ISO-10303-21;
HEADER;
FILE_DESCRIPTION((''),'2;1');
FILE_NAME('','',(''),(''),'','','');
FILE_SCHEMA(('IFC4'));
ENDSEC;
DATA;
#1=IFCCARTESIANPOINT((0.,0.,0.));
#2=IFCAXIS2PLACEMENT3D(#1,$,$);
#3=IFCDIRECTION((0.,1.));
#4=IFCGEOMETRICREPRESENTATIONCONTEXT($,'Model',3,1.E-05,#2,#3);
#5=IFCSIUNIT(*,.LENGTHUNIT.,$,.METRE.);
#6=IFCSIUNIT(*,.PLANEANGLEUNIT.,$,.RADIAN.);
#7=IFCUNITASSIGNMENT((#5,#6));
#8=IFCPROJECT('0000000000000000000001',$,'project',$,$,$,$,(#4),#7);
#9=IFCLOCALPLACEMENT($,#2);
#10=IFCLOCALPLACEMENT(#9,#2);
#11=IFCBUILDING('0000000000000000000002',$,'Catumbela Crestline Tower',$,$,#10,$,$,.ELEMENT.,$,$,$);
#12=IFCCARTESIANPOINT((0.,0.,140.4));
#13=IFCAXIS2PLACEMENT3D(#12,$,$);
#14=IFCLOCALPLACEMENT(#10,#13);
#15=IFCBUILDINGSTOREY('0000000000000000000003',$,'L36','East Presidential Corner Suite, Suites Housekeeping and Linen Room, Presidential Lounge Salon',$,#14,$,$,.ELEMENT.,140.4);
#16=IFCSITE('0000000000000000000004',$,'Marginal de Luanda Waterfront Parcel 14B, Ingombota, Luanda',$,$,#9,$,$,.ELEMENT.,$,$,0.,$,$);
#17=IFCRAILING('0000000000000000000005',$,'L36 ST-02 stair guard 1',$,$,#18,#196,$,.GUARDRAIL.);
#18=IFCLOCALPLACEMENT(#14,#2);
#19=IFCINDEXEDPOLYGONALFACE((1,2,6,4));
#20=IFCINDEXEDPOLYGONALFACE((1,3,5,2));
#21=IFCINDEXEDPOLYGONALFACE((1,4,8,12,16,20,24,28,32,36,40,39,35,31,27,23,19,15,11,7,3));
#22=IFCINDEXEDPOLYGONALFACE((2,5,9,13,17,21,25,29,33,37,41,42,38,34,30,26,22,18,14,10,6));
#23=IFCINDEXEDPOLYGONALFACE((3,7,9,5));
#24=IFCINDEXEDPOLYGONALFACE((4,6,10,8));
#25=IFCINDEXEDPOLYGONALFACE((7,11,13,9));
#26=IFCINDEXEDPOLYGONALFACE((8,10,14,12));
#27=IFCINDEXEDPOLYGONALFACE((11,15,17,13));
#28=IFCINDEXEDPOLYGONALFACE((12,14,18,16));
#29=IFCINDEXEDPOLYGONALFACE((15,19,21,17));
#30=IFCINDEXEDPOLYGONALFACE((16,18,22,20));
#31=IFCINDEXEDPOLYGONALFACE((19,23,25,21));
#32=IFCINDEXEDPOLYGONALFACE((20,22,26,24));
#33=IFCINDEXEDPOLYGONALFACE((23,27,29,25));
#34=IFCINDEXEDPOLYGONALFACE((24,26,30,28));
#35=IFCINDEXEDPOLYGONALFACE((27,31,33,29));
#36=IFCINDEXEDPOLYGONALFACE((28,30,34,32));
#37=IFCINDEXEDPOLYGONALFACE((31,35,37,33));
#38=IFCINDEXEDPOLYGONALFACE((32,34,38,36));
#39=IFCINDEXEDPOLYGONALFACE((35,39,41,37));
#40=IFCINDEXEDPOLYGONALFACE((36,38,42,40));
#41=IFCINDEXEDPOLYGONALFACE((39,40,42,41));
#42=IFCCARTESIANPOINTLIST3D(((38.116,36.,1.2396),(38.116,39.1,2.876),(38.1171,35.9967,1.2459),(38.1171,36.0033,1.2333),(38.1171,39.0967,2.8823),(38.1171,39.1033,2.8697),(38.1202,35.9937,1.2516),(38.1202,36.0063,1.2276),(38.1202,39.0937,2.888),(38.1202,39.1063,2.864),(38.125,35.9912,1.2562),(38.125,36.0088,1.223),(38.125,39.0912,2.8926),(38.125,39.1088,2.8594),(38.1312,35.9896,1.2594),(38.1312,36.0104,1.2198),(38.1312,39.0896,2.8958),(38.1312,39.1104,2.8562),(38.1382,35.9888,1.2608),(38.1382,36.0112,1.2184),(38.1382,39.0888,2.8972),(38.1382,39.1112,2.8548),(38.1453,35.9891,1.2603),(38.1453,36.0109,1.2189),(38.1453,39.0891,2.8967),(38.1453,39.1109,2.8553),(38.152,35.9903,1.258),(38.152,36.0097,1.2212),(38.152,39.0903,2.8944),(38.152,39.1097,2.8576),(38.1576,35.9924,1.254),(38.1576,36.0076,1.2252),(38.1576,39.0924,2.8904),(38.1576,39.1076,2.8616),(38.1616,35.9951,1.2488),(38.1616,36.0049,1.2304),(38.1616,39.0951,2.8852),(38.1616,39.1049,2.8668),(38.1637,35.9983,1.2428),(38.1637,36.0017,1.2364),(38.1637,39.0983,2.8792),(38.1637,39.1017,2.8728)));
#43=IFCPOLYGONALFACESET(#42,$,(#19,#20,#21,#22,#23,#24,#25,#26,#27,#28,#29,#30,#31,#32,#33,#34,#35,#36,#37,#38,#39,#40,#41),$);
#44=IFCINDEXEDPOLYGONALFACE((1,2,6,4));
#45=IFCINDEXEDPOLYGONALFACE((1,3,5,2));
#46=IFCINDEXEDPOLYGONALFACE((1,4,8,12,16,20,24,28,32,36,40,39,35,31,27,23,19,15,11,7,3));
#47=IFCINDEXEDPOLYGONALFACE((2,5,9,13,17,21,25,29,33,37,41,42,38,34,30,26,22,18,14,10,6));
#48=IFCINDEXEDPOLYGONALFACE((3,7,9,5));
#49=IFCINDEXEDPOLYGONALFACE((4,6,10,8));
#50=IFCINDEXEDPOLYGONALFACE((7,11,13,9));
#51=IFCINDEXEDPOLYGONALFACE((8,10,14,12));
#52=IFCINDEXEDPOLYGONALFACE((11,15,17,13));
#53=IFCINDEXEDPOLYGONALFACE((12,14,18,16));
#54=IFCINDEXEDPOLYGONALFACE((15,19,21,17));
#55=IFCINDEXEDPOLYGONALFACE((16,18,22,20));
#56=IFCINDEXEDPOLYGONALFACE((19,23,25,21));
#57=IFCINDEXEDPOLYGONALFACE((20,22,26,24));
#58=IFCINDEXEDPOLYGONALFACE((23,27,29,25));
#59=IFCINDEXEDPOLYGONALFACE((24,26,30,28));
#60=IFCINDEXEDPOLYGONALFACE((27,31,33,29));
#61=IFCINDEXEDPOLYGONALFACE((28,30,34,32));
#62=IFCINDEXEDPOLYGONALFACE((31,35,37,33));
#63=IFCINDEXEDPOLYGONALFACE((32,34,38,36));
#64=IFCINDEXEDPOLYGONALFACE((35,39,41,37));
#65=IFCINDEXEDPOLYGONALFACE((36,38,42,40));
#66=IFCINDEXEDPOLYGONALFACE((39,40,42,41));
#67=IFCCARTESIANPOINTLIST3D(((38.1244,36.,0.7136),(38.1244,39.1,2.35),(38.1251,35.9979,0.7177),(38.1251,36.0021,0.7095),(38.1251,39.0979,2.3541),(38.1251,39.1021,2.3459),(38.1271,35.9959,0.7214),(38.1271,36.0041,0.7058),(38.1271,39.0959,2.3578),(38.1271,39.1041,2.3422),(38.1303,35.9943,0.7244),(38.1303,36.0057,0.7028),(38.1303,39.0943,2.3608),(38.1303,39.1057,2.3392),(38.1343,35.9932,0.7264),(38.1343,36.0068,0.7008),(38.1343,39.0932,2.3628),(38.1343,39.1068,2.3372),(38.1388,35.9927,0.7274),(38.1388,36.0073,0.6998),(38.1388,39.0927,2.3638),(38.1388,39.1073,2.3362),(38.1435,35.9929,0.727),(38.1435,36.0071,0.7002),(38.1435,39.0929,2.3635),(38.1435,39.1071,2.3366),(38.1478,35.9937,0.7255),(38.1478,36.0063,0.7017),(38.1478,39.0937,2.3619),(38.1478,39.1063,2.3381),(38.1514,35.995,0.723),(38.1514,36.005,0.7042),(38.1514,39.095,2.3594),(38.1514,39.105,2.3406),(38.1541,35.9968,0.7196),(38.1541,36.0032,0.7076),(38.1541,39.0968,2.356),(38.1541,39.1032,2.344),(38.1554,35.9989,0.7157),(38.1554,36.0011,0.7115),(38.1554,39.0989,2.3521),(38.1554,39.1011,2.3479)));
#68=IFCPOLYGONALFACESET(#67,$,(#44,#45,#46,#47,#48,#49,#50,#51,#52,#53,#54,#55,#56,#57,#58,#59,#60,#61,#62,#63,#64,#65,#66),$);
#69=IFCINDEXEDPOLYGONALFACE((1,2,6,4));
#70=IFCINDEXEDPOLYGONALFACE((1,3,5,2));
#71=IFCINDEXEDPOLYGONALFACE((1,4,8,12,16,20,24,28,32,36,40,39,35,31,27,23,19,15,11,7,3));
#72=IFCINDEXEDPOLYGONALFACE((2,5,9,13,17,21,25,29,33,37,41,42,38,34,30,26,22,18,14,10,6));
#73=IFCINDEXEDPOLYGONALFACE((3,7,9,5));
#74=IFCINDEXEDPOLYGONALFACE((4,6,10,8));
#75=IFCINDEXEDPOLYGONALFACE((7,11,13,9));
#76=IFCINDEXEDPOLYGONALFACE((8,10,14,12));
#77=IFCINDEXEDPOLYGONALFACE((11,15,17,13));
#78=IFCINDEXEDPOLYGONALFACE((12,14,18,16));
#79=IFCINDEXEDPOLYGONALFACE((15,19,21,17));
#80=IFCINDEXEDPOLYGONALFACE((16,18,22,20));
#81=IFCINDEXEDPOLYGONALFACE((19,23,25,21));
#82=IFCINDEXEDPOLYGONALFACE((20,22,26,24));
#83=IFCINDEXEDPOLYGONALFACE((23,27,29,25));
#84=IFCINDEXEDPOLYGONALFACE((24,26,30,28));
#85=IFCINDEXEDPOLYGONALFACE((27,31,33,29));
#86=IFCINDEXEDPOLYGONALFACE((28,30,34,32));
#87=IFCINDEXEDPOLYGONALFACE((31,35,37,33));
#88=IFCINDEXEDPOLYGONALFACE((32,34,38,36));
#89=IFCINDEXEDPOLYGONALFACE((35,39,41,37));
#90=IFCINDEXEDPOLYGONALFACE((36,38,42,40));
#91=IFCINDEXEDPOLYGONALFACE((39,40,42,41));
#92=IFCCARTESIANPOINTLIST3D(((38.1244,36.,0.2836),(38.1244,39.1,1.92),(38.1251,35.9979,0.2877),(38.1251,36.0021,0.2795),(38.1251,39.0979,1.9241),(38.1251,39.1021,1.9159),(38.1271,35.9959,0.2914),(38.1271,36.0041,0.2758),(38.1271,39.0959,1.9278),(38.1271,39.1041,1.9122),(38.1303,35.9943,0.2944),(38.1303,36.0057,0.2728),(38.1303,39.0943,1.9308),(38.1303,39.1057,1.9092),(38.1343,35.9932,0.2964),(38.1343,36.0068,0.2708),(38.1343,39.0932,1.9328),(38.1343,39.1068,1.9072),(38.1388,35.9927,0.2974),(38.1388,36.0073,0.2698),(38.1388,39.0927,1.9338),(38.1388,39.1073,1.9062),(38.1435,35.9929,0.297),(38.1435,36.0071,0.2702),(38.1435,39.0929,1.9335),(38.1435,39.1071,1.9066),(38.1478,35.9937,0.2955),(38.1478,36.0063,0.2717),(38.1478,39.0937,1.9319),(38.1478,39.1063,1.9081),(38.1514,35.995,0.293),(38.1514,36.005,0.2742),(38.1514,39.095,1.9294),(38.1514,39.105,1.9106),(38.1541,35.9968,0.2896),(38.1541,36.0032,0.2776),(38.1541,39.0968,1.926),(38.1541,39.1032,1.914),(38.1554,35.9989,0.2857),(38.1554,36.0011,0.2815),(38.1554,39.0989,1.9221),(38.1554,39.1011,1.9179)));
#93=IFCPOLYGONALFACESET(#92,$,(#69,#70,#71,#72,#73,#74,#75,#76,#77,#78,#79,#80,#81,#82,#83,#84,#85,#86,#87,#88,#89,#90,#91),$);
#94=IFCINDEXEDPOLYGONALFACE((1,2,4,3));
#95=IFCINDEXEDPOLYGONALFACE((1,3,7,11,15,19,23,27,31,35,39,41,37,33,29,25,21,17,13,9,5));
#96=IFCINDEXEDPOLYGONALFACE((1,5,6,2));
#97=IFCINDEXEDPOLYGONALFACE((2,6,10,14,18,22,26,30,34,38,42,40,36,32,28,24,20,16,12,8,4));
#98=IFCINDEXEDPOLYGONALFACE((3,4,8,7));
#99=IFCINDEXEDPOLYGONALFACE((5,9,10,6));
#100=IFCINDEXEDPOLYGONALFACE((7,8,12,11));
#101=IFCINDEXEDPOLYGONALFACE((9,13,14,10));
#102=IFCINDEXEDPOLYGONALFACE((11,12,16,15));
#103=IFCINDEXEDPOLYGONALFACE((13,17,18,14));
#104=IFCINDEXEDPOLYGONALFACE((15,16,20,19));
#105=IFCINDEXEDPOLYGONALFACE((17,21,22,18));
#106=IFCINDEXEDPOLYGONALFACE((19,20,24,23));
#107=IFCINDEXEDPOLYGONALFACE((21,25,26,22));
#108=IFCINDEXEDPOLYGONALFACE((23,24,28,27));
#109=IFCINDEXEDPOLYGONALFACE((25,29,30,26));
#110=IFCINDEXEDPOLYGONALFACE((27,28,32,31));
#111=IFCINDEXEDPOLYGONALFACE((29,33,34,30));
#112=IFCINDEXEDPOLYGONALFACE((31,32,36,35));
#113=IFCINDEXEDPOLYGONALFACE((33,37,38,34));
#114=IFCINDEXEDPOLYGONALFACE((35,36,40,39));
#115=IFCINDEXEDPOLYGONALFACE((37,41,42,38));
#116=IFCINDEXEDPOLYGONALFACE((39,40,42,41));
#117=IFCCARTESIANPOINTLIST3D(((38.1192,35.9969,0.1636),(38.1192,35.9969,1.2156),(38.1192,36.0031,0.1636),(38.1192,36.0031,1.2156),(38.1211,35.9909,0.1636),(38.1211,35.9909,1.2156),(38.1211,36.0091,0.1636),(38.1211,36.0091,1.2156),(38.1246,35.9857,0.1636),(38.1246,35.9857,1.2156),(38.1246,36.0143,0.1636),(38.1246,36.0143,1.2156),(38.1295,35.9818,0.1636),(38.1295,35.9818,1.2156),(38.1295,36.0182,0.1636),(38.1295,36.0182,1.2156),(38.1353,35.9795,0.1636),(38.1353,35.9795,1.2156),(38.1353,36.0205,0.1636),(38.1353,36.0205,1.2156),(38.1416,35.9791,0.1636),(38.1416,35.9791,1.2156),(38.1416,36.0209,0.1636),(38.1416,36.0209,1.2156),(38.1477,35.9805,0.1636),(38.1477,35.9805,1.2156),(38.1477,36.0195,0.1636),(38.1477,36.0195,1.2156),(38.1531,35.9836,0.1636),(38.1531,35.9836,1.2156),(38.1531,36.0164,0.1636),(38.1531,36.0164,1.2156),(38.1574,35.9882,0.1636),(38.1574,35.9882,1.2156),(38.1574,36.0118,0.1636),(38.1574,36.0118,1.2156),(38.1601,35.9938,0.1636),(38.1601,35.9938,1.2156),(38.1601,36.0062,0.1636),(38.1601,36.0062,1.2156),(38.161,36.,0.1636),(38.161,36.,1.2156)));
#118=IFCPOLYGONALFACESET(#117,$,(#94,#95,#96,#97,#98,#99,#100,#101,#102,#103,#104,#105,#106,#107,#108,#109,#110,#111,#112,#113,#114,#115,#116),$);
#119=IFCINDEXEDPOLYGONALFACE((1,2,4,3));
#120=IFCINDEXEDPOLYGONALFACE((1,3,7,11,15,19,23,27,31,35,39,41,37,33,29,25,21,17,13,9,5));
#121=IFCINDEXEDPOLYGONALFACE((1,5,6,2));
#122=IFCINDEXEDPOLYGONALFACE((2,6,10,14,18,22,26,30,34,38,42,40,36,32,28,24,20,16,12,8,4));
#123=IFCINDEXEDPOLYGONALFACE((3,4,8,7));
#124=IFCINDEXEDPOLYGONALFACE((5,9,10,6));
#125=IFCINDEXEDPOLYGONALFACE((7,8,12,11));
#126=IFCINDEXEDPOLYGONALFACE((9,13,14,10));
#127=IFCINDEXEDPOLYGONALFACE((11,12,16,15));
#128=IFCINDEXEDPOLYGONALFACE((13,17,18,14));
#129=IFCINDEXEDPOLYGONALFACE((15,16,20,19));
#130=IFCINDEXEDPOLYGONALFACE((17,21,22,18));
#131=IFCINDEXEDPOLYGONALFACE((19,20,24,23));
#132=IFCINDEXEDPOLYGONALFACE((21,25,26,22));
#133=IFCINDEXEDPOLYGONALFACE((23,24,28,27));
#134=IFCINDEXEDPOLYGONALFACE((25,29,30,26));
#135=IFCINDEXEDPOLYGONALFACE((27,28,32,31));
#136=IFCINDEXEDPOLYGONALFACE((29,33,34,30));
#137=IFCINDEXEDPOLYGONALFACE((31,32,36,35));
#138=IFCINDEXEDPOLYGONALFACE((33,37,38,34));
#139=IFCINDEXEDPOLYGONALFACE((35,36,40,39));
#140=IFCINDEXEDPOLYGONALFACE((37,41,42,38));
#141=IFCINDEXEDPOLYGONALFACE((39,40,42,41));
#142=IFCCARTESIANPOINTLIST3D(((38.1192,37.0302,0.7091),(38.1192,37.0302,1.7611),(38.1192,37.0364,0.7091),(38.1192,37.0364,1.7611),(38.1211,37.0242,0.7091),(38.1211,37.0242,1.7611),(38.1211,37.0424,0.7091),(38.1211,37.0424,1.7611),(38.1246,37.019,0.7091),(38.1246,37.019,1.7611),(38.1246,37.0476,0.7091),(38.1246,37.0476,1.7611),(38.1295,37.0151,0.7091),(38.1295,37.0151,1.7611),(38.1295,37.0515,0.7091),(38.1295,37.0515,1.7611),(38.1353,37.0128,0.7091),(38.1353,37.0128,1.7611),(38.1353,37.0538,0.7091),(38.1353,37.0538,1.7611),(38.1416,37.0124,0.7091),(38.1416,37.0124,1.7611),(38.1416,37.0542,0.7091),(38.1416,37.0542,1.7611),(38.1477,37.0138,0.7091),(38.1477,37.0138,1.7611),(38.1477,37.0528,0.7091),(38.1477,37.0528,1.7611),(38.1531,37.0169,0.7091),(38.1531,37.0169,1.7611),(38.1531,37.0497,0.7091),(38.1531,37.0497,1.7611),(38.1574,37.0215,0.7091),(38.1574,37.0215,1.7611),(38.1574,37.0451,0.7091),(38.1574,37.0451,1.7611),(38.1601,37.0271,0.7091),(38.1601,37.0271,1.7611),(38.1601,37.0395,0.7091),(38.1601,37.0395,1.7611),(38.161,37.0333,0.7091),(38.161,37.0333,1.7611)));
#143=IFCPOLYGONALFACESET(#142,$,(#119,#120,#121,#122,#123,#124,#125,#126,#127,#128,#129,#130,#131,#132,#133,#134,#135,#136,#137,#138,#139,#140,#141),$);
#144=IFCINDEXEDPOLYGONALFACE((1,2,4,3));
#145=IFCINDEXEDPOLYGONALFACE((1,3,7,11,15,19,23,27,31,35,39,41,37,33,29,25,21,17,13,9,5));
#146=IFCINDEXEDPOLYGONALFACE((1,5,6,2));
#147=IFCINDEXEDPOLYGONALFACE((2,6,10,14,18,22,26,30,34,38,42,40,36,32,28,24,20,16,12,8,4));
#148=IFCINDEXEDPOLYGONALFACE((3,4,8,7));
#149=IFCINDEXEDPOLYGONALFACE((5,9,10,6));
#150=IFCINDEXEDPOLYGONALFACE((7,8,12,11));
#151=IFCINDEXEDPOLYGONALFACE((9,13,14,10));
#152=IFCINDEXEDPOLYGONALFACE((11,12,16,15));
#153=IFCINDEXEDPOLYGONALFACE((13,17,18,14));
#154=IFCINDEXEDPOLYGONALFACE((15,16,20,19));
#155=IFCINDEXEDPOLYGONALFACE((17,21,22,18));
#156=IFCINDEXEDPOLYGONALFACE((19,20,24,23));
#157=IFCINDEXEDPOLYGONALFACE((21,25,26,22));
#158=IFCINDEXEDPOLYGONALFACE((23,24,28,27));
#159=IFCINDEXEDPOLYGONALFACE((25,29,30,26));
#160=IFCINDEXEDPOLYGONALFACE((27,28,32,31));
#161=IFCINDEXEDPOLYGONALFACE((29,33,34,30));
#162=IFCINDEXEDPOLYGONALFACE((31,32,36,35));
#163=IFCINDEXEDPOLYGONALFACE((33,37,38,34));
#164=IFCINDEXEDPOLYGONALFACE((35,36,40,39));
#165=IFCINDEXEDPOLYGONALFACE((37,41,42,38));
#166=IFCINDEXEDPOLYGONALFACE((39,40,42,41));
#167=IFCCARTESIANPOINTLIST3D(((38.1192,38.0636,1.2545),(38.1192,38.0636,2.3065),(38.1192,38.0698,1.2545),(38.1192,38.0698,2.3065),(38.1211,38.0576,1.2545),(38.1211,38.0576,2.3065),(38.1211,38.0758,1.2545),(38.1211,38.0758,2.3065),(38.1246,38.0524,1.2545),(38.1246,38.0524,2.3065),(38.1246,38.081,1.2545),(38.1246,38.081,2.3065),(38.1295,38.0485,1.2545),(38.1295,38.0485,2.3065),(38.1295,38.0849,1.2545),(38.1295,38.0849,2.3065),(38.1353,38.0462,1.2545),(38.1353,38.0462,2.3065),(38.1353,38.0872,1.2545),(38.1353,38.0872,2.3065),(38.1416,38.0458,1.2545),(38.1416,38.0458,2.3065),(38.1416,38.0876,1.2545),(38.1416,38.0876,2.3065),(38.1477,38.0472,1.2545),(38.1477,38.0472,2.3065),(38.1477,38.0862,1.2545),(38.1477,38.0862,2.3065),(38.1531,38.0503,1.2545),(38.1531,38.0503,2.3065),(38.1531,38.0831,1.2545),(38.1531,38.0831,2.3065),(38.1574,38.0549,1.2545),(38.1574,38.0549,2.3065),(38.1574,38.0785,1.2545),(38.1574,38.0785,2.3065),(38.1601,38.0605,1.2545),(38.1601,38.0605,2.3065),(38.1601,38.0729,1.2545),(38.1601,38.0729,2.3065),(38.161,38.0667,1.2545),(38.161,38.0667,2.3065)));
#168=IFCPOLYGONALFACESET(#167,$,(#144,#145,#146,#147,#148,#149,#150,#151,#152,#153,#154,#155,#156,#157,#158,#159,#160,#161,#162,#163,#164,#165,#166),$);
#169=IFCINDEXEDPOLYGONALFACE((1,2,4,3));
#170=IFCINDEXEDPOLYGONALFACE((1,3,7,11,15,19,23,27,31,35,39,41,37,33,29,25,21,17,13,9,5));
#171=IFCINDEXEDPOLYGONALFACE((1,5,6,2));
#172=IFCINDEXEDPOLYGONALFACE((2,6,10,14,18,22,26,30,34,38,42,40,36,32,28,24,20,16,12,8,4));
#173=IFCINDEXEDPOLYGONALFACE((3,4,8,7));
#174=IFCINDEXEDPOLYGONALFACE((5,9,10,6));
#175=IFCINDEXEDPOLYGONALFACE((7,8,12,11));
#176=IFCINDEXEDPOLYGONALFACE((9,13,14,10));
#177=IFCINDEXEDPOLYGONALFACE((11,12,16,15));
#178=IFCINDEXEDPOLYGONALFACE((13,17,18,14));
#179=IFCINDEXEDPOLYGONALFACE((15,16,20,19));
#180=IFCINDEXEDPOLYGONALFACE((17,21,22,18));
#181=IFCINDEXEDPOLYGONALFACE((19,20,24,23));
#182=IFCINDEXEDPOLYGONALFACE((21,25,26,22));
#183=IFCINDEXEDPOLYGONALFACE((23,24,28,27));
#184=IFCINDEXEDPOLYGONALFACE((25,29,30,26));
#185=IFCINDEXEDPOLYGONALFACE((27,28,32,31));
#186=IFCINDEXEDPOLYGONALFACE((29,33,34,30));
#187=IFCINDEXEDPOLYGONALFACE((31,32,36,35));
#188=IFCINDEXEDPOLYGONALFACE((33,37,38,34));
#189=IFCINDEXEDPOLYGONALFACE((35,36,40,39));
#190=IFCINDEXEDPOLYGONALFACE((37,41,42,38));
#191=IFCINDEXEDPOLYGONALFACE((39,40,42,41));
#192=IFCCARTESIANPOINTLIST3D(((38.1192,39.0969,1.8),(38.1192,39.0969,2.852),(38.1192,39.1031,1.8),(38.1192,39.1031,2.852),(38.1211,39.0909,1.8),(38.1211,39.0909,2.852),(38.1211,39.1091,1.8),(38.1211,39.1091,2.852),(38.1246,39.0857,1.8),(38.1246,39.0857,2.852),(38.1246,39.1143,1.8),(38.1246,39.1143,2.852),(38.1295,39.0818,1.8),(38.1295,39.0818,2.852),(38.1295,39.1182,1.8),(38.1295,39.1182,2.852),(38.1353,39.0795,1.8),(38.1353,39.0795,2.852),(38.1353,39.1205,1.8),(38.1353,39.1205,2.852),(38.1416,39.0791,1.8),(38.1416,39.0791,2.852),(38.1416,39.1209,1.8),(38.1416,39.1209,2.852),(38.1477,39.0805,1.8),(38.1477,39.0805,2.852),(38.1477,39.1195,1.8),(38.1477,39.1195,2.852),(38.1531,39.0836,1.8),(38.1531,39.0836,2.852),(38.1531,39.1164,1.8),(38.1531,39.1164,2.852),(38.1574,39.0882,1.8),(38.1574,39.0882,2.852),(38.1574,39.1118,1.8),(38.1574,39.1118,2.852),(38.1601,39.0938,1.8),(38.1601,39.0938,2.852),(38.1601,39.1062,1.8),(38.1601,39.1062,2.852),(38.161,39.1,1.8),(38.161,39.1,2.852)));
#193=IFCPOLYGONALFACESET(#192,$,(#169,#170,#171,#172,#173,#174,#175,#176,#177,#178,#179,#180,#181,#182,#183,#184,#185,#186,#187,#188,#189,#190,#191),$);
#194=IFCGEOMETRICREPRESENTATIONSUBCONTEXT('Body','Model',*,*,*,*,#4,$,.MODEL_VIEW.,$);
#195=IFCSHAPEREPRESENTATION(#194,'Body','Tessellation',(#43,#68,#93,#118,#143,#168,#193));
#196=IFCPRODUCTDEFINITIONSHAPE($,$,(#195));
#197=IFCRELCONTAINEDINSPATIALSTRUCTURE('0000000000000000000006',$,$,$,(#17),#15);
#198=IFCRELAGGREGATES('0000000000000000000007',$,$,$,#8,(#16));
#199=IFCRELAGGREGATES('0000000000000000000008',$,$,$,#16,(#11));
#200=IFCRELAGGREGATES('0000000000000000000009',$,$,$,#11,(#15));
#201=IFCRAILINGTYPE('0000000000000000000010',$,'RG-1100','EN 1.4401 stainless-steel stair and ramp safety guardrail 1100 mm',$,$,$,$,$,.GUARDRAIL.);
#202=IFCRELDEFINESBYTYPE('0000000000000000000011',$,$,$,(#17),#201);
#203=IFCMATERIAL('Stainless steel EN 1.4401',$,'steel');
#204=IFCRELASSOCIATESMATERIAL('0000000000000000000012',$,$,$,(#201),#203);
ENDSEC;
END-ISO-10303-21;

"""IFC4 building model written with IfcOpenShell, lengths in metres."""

from ifc_helpers import new_model, si_unit, direction, frame, origin, origin_2d, place, context, subcontext, project, spatial, circle, extrude, material, type_object, element, save


model = new_model("IFC4")

# Units and contexts
model_context = context("Model", 3, precision=1e-05, world=origin(), true_north=direction((0.0, 1.0)))
body_context = subcontext(model_context, "Body", "Model", "MODEL_VIEW")
ifc_project = project(units=[si_unit("LENGTHUNIT", "METRE"), si_unit("PLANEANGLEUNIT", "RADIAN")], contexts=[model_context])

# Site, building, storey
site_placement = place(None, origin())
site = spatial("IfcSite", under=ifc_project, at=site_placement, Name="Marginal de Luanda Waterfront Parcel 14B, Ingombota, Luanda", CompositionType="ELEMENT", RefElevation=0.0)
building_placement = place(site_placement, origin())
building = spatial("IfcBuilding", under=site, at=building_placement, Name="Catumbela Crestline Tower", CompositionType="ELEMENT")
storey_placement = place(building_placement, frame((0.0, 0.0, 140.4)))
storey = spatial("IfcBuildingStorey", under=building, at=storey_placement, Name="L36", Description="East Presidential Corner Suite, Suites Housekeeping and Linen Room, Presidential Lounge Salon", CompositionType="ELEMENT", Elevation=140.4)

# Shared definitions
ifc_material_1 = material(Name="Stainless steel EN 1.4401", Category="steel")

# Railing
railing_type_1 = type_object("IfcRailingType", Name="RG-1100", Description="EN 1.4401 stainless-steel stair and ramp safety guardrail 1100 mm", PredefinedType="GUARDRAIL", material=ifc_material_1)
railing_1_placement = place(storey_placement, frame((38.14, 36.0, 0.1636)))
element("IfcRailing", 1, at=railing_1_placement, inside=storey, type_object=railing_type_1, Name="L36 ST-02 stair guard 1", PredefinedType="GUARDRAIL", context=body_context, shape_type="SweptSolid", body=[
    extrude(circle(Radius=0.024, at=origin_2d()), frame((0.0, 0.0, 1.076), z_axis=(0.0, 0.884351, 0.466823), x_axis=(-1.0, 0.0, 0.0)), (0.0, 0.0, 1.0), 3.5054),
    extrude(circle(Radius=0.0156, at=origin_2d()), frame((0.0, 0.0, 0.55), z_axis=(0.0, 0.884351, 0.466823), x_axis=(-1.0, 0.0, 0.0)), (0.0, 0.0, 1.0), 3.5054),
    extrude(circle(Radius=0.0156, at=origin_2d()), frame((0.0, 0.0, 0.12), z_axis=(0.0, 0.884351, 0.466823), x_axis=(-1.0, 0.0, 0.0)), (0.0, 0.0, 1.0), 3.5054),
    extrude(circle(Radius=0.021, at=origin_2d()), origin(), (0.0, 0.0, 1.0), 1.052),
    extrude(circle(Radius=0.021, at=origin_2d()), frame((0.0, 1.0333, 0.5455)), (0.0, 0.0, 1.0), 1.052),
    extrude(circle(Radius=0.021, at=origin_2d()), frame((0.0, 2.0667, 1.0909)), (0.0, 0.0, 1.0), 1.052),
    extrude(circle(Radius=0.021, at=origin_2d()), frame((0.0, 3.1, 1.6364)), (0.0, 0.0, 1.0), 1.052),
])

save(model, "model.ifc")
